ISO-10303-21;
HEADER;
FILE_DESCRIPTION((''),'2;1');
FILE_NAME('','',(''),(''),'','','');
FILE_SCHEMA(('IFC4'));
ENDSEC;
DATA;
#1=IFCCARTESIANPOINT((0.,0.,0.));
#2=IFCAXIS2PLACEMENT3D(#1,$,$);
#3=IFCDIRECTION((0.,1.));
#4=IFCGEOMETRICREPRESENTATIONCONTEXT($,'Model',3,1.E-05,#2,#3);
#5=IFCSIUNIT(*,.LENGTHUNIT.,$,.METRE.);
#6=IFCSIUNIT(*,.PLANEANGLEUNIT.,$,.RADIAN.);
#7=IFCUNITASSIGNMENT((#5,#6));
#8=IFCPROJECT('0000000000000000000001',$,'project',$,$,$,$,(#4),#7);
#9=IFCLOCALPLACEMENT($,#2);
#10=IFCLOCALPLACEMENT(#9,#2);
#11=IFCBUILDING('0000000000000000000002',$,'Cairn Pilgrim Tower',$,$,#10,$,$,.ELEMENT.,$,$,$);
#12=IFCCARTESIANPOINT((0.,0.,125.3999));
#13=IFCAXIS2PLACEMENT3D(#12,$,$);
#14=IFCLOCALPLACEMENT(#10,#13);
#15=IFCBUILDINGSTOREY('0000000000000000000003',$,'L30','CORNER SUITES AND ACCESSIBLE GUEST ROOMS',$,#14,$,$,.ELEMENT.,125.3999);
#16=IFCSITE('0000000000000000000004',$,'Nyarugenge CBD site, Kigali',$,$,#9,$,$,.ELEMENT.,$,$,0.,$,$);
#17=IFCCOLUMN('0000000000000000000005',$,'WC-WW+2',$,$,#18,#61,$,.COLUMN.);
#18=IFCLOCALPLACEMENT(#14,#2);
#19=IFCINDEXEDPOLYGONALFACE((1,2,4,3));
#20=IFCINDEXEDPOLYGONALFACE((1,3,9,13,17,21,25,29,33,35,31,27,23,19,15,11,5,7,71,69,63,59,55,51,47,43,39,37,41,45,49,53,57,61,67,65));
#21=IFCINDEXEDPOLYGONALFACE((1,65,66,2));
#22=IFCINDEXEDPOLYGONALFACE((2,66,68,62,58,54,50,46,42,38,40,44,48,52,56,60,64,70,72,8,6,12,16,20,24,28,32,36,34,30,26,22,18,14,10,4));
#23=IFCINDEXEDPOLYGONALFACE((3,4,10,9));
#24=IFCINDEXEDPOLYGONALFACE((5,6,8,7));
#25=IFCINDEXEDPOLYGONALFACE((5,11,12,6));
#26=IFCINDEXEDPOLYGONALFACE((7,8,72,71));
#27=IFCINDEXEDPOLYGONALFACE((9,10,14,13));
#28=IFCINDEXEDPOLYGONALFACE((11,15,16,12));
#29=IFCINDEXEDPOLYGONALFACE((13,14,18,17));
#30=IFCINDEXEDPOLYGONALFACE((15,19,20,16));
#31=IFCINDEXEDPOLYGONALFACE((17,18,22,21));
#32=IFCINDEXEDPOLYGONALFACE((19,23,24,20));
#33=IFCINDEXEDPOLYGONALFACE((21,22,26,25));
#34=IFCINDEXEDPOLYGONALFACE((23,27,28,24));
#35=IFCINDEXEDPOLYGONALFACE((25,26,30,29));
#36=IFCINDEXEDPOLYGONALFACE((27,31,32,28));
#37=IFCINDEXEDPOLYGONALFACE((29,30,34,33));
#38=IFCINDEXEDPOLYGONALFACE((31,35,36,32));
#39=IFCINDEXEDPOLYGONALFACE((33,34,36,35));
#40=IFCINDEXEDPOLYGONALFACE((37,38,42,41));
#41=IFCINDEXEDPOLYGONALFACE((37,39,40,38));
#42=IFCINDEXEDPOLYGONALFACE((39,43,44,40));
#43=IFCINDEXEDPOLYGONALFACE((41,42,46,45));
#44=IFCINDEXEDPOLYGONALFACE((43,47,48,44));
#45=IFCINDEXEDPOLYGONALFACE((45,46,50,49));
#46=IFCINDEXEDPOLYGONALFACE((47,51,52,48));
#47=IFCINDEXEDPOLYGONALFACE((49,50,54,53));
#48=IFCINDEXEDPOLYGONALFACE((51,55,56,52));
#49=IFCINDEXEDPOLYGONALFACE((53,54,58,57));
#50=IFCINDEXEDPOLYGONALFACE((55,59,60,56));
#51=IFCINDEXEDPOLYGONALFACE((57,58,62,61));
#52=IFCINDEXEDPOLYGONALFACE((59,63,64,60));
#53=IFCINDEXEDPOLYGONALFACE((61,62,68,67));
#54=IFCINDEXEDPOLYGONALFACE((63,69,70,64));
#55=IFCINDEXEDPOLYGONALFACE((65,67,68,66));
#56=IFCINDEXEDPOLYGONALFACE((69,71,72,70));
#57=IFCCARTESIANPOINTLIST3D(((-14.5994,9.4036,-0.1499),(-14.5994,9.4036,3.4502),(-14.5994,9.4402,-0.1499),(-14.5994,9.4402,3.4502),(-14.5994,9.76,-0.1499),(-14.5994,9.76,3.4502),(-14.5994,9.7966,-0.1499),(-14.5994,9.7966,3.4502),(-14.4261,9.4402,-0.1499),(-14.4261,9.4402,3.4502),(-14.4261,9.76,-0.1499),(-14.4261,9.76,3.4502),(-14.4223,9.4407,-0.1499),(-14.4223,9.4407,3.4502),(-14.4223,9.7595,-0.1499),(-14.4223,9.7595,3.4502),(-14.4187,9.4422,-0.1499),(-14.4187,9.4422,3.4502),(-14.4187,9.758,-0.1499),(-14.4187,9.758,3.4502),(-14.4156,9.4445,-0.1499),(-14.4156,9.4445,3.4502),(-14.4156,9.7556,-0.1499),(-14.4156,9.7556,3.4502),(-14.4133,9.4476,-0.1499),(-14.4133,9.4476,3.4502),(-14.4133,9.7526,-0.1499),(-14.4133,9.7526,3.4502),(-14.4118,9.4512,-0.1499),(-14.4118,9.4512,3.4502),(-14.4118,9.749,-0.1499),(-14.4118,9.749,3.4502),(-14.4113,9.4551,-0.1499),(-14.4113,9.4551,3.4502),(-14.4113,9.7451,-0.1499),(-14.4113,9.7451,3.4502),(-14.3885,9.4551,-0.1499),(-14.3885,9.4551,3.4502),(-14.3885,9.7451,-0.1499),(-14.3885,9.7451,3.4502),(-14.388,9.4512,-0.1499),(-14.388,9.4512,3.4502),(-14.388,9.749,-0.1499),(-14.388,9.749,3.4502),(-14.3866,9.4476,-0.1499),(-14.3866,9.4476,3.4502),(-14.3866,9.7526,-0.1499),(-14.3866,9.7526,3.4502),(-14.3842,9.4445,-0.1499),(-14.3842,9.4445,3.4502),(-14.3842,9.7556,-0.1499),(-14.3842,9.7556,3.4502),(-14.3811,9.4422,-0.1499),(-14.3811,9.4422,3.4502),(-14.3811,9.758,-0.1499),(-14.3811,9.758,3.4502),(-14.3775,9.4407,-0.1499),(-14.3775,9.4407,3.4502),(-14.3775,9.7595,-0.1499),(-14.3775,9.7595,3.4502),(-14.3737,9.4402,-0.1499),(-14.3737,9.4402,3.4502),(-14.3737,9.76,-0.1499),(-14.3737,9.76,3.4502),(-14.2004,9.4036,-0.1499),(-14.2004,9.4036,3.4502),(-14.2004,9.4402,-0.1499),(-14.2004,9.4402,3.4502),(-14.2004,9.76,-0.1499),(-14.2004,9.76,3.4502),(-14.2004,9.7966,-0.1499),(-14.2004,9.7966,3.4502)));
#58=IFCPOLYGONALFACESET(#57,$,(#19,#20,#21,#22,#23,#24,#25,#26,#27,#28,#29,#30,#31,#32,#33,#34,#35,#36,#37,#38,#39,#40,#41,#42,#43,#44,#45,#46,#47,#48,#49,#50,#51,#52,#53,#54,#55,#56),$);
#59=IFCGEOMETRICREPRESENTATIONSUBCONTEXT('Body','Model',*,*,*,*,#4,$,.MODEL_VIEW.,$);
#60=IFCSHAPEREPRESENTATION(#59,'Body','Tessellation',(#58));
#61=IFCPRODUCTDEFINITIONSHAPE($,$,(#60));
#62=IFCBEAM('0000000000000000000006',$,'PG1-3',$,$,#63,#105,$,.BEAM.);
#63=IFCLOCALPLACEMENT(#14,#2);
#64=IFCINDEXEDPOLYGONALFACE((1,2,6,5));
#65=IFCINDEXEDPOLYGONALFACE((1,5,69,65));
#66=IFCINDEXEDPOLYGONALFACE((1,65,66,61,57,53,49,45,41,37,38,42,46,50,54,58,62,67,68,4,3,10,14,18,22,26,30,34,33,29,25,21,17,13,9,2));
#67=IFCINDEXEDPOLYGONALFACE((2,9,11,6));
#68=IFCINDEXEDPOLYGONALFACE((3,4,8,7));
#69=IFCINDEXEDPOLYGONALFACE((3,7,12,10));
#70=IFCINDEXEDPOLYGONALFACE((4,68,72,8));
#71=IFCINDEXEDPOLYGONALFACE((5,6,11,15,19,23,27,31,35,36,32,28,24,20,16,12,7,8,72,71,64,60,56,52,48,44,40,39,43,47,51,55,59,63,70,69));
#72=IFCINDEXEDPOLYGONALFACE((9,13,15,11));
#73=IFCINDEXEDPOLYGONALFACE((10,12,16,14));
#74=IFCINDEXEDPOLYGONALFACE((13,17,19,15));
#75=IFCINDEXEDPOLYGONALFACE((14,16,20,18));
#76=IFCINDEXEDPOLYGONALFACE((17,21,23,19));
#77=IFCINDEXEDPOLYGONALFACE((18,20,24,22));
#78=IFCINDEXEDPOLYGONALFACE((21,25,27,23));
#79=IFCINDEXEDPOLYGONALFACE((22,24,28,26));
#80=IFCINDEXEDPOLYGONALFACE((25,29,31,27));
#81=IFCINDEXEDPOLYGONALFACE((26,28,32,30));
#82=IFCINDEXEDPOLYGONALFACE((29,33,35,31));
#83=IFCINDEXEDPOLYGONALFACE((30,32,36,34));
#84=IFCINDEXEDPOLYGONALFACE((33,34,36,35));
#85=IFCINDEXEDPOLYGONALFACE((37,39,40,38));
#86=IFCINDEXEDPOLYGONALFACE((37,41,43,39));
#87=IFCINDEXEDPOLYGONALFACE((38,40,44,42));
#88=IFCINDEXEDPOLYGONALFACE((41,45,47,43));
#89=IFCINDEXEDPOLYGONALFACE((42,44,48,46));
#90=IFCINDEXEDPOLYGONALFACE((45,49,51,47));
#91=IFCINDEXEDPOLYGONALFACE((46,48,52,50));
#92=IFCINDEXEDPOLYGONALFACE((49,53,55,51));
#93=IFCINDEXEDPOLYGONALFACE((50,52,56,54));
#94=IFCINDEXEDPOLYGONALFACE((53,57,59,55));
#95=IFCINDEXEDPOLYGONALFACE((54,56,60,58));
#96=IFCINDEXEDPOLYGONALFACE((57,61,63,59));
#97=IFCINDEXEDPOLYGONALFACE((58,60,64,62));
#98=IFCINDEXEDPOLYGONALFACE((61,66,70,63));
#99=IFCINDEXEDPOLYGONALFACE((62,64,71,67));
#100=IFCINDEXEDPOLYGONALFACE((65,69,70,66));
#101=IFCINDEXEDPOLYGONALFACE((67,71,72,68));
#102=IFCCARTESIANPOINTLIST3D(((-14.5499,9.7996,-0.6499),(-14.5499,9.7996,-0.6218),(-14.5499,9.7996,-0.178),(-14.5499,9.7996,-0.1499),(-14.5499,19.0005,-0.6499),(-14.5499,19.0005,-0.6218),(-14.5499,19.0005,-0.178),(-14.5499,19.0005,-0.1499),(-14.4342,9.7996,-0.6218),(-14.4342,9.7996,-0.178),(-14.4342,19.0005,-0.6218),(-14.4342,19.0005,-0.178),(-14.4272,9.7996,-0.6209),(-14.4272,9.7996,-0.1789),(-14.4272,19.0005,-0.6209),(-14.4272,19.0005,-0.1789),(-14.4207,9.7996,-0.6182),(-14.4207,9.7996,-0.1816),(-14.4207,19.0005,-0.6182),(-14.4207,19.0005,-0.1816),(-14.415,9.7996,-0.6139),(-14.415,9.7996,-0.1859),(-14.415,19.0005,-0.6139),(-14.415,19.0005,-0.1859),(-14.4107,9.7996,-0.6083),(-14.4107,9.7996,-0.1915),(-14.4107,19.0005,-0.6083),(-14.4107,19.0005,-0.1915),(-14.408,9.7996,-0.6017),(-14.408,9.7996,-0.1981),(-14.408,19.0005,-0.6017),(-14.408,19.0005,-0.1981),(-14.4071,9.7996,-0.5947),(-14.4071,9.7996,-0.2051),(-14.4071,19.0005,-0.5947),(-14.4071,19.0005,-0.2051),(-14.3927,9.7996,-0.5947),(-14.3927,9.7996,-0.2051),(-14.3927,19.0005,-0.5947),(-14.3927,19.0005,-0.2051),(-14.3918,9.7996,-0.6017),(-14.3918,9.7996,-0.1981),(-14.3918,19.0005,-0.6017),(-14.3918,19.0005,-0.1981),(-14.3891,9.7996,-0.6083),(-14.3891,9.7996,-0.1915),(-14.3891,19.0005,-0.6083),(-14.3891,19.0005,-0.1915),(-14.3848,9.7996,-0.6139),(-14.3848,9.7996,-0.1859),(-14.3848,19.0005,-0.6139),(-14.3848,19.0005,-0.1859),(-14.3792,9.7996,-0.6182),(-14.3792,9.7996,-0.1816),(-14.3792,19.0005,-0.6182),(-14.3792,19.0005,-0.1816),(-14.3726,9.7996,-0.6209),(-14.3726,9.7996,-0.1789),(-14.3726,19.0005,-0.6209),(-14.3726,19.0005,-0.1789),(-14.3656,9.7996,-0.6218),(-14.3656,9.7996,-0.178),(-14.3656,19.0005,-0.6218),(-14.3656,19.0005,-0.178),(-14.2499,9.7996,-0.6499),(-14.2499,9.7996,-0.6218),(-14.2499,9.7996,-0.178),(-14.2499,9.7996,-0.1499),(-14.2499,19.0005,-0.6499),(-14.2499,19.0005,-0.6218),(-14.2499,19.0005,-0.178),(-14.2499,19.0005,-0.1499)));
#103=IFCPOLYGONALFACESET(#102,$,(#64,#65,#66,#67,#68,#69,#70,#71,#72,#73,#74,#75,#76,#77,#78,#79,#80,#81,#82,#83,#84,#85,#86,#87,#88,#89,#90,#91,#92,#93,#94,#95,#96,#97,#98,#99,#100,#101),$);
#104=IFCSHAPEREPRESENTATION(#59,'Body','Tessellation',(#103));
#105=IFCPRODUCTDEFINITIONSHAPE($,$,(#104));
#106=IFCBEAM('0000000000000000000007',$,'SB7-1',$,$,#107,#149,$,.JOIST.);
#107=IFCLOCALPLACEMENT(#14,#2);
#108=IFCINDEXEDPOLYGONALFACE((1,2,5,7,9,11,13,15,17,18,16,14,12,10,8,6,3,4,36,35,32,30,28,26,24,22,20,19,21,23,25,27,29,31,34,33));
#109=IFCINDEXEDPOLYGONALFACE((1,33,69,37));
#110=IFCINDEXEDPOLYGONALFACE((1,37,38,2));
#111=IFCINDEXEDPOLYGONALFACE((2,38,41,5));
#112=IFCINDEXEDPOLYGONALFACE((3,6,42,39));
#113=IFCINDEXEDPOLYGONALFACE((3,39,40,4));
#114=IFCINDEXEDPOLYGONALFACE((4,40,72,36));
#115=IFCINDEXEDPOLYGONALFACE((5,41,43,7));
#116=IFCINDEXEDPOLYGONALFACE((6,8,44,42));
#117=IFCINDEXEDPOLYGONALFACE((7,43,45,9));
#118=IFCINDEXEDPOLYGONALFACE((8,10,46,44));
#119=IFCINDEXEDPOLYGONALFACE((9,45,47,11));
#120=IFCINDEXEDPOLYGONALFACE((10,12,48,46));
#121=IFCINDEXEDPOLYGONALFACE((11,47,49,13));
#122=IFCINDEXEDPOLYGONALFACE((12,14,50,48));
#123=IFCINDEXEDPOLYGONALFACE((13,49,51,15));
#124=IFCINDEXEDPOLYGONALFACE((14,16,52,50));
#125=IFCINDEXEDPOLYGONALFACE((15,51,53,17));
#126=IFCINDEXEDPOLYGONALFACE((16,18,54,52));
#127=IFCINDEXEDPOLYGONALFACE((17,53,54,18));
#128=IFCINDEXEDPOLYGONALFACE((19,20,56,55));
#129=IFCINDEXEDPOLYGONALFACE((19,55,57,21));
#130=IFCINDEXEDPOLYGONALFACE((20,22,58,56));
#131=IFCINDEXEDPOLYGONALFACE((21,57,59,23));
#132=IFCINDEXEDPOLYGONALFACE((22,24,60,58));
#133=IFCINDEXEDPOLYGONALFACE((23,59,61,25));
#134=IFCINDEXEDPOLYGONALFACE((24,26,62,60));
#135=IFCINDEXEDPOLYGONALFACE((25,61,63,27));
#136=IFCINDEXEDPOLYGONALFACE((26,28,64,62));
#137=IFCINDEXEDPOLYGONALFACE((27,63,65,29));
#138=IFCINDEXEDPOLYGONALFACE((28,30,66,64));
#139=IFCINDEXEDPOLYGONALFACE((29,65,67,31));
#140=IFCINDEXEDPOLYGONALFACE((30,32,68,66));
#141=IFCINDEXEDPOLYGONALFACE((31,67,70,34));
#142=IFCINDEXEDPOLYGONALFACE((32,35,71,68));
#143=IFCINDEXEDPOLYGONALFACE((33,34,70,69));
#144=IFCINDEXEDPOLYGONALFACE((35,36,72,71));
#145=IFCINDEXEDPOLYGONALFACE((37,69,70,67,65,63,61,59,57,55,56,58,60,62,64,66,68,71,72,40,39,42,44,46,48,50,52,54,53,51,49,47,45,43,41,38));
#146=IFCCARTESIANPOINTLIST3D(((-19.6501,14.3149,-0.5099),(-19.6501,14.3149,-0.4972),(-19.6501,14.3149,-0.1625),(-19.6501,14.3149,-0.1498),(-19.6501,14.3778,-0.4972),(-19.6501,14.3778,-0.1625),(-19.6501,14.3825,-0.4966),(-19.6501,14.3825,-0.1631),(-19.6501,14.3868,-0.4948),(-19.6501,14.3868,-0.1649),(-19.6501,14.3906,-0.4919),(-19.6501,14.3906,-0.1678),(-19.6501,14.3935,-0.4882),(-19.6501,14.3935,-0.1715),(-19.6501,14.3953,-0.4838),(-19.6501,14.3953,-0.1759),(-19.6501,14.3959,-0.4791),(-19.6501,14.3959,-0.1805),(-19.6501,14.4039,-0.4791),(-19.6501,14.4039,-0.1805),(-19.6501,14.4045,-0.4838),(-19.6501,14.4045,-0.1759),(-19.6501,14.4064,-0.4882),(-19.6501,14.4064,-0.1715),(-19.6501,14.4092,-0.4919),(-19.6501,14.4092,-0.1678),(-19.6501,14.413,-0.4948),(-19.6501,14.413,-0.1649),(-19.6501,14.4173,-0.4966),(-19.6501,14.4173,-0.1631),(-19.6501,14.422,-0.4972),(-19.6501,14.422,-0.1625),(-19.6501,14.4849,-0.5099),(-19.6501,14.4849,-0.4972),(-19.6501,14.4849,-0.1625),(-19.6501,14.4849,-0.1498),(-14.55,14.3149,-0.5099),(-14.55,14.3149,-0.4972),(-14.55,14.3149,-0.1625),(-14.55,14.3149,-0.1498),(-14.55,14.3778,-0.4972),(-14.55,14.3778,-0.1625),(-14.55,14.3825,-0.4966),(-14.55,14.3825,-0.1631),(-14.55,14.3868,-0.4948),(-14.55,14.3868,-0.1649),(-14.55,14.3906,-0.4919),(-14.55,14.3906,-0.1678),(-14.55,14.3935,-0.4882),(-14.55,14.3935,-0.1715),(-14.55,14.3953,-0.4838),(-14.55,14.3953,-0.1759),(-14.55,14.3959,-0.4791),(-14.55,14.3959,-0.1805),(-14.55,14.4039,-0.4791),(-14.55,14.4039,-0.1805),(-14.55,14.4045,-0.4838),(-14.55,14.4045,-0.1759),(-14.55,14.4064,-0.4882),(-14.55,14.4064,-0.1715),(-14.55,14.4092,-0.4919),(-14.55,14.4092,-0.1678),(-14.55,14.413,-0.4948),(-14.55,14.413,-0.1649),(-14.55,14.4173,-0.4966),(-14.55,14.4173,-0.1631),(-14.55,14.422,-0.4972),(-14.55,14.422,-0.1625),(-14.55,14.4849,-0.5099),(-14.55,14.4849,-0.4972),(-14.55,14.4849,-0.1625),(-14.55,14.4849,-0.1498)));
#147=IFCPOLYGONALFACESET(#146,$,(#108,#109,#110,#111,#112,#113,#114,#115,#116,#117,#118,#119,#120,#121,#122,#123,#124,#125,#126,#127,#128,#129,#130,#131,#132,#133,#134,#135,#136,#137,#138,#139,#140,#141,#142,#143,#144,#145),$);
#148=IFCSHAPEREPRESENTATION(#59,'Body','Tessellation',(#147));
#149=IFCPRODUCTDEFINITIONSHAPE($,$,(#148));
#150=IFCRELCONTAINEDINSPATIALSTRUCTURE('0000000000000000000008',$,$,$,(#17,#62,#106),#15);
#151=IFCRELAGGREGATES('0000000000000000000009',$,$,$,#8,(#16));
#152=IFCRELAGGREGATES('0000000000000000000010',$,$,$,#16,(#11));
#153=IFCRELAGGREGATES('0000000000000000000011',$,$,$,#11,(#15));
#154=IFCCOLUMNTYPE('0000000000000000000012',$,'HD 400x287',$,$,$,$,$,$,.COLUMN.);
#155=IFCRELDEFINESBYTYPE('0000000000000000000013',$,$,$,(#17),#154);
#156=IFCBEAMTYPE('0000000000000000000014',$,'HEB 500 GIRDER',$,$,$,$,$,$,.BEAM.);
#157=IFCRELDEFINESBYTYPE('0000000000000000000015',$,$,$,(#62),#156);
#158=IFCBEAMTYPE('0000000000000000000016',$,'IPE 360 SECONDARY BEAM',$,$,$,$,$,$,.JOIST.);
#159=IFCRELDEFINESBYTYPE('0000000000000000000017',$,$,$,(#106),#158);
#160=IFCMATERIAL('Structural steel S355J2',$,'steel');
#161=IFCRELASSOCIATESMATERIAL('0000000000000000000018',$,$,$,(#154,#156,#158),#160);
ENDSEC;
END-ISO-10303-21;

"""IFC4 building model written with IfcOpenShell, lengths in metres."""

from ifc_helpers import new_model, si_unit, direction, frame, origin, origin_2d, place, context, subcontext, project, spatial, i_section, extrude, material, material_profile, profile_set, type_object, element, save


model = new_model("IFC4")

# Units and contexts
model_context = context("Model", 3, precision=1e-05, world=origin(), true_north=direction((0.0, 1.0)))
body_context = subcontext(model_context, "Body", "Model", "MODEL_VIEW")
ifc_project = project(units=[si_unit("LENGTHUNIT", "METRE"), si_unit("PLANEANGLEUNIT", "RADIAN")], contexts=[model_context])

# Site, building, storey
site_placement = place(None, origin())
site = spatial("IfcSite", under=ifc_project, at=site_placement, Name="Nyarugenge CBD site, Kigali", CompositionType="ELEMENT", RefElevation=0.0)
building_placement = place(site_placement, origin())
building = spatial("IfcBuilding", under=site, at=building_placement, Name="Cairn Pilgrim Tower", CompositionType="ELEMENT")
storey_placement = place(building_placement, frame((0.0, 0.0, 125.3999)))
storey = spatial("IfcBuildingStorey", under=building, at=storey_placement, Name="L30", Description="CORNER SUITES AND ACCESSIBLE GUEST ROOMS", CompositionType="ELEMENT", Elevation=125.3999)

# Column
ifc_material_1 = material(Name="Structural steel S355J2", Category="steel")
ifc_material_profile_1 = material_profile(ifc_material_1, i_section(OverallWidth=0.3989, OverallDepth=0.3931, WebThickness=0.0227, FlangeThickness=0.0366, FilletRadius=0.0149, at=origin_2d()), Name="HD 400x287")
ifc_profile_set_1 = profile_set([ifc_material_profile_1], Name="Structural steel S355J2")
column_type = type_object("IfcColumnType", Name="HD 400x287", PredefinedType="COLUMN", material=ifc_profile_set_1)
column_placement = place(storey_placement, frame((-14.3999, 9.6001, -0.1499), z_axis=(0.0, 0.0, 1.0), x_axis=(1.0, 0.0, 0.0)))
element("IfcColumn", 1, at=column_placement, inside=storey, type_object=column_type, Name="WC-WW+2", PredefinedType="COLUMN", context=body_context, shape_type="SweptSolid", body=[
    extrude(i_section(OverallWidth=0.3989, OverallDepth=0.3931, WebThickness=0.0227, FlangeThickness=0.0366, FilletRadius=0.0149, at=origin_2d()), origin(), (0.0, 0.0, 1.0), 3.6001),
])

# Beams
ifc_material_profile_2 = material_profile(ifc_material_1, i_section(OverallWidth=0.3, OverallDepth=0.5, WebThickness=0.0144, FlangeThickness=0.0281, FilletRadius=0.0271, at=origin_2d()), Name="HEB 500")
ifc_profile_set_2 = profile_set([ifc_material_profile_2], Name="Structural steel S355J2")
beam_type_1 = type_object("IfcBeamType", Name="HEB 500 GIRDER", PredefinedType="BEAM", material=ifc_profile_set_2)
beam_1_placement = place(storey_placement, frame((-14.3999, 9.7996, -0.3999), z_axis=(0.0, 1.0, 0.0), x_axis=(-1.0, 0.0, 0.0)))
element("IfcBeam", 2, at=beam_1_placement, inside=storey, type_object=beam_type_1, Name="PG1-3", PredefinedType="BEAM", context=body_context, shape_type="SweptSolid", body=[
    extrude(i_section(OverallWidth=0.3, OverallDepth=0.5, WebThickness=0.0144, FlangeThickness=0.0281, FilletRadius=0.0271, at=origin_2d()), origin(), (0.0, 0.0, 1.0), 9.2009),
])
ifc_material_profile_3 = material_profile(ifc_material_1, i_section(OverallWidth=0.1699, OverallDepth=0.3601, WebThickness=0.0081, FlangeThickness=0.0127, FilletRadius=0.0181, at=origin_2d()), Name="IPE 360")
ifc_profile_set_3 = profile_set([ifc_material_profile_3], Name="Structural steel S355J2")
beam_type_2 = type_object("IfcBeamType", Name="IPE 360 SECONDARY BEAM", PredefinedType="JOIST", material=ifc_profile_set_3)
beam_2_placement = place(storey_placement, frame((-19.6501, 14.3999, -0.3298), z_axis=(1.0, 0.0, 0.0), x_axis=(0.0, 1.0, 0.0)))
element("IfcBeam", 3, at=beam_2_placement, inside=storey, type_object=beam_type_2, Name="SB7-1", PredefinedType="JOIST", context=body_context, shape_type="SweptSolid", body=[
    extrude(i_section(OverallWidth=0.1699, OverallDepth=0.3601, WebThickness=0.0081, FlangeThickness=0.0127, FilletRadius=0.0181, at=origin_2d()), origin(), (0.0, 0.0, 1.0), 5.1001),
])

save(model, "model.ifc")
